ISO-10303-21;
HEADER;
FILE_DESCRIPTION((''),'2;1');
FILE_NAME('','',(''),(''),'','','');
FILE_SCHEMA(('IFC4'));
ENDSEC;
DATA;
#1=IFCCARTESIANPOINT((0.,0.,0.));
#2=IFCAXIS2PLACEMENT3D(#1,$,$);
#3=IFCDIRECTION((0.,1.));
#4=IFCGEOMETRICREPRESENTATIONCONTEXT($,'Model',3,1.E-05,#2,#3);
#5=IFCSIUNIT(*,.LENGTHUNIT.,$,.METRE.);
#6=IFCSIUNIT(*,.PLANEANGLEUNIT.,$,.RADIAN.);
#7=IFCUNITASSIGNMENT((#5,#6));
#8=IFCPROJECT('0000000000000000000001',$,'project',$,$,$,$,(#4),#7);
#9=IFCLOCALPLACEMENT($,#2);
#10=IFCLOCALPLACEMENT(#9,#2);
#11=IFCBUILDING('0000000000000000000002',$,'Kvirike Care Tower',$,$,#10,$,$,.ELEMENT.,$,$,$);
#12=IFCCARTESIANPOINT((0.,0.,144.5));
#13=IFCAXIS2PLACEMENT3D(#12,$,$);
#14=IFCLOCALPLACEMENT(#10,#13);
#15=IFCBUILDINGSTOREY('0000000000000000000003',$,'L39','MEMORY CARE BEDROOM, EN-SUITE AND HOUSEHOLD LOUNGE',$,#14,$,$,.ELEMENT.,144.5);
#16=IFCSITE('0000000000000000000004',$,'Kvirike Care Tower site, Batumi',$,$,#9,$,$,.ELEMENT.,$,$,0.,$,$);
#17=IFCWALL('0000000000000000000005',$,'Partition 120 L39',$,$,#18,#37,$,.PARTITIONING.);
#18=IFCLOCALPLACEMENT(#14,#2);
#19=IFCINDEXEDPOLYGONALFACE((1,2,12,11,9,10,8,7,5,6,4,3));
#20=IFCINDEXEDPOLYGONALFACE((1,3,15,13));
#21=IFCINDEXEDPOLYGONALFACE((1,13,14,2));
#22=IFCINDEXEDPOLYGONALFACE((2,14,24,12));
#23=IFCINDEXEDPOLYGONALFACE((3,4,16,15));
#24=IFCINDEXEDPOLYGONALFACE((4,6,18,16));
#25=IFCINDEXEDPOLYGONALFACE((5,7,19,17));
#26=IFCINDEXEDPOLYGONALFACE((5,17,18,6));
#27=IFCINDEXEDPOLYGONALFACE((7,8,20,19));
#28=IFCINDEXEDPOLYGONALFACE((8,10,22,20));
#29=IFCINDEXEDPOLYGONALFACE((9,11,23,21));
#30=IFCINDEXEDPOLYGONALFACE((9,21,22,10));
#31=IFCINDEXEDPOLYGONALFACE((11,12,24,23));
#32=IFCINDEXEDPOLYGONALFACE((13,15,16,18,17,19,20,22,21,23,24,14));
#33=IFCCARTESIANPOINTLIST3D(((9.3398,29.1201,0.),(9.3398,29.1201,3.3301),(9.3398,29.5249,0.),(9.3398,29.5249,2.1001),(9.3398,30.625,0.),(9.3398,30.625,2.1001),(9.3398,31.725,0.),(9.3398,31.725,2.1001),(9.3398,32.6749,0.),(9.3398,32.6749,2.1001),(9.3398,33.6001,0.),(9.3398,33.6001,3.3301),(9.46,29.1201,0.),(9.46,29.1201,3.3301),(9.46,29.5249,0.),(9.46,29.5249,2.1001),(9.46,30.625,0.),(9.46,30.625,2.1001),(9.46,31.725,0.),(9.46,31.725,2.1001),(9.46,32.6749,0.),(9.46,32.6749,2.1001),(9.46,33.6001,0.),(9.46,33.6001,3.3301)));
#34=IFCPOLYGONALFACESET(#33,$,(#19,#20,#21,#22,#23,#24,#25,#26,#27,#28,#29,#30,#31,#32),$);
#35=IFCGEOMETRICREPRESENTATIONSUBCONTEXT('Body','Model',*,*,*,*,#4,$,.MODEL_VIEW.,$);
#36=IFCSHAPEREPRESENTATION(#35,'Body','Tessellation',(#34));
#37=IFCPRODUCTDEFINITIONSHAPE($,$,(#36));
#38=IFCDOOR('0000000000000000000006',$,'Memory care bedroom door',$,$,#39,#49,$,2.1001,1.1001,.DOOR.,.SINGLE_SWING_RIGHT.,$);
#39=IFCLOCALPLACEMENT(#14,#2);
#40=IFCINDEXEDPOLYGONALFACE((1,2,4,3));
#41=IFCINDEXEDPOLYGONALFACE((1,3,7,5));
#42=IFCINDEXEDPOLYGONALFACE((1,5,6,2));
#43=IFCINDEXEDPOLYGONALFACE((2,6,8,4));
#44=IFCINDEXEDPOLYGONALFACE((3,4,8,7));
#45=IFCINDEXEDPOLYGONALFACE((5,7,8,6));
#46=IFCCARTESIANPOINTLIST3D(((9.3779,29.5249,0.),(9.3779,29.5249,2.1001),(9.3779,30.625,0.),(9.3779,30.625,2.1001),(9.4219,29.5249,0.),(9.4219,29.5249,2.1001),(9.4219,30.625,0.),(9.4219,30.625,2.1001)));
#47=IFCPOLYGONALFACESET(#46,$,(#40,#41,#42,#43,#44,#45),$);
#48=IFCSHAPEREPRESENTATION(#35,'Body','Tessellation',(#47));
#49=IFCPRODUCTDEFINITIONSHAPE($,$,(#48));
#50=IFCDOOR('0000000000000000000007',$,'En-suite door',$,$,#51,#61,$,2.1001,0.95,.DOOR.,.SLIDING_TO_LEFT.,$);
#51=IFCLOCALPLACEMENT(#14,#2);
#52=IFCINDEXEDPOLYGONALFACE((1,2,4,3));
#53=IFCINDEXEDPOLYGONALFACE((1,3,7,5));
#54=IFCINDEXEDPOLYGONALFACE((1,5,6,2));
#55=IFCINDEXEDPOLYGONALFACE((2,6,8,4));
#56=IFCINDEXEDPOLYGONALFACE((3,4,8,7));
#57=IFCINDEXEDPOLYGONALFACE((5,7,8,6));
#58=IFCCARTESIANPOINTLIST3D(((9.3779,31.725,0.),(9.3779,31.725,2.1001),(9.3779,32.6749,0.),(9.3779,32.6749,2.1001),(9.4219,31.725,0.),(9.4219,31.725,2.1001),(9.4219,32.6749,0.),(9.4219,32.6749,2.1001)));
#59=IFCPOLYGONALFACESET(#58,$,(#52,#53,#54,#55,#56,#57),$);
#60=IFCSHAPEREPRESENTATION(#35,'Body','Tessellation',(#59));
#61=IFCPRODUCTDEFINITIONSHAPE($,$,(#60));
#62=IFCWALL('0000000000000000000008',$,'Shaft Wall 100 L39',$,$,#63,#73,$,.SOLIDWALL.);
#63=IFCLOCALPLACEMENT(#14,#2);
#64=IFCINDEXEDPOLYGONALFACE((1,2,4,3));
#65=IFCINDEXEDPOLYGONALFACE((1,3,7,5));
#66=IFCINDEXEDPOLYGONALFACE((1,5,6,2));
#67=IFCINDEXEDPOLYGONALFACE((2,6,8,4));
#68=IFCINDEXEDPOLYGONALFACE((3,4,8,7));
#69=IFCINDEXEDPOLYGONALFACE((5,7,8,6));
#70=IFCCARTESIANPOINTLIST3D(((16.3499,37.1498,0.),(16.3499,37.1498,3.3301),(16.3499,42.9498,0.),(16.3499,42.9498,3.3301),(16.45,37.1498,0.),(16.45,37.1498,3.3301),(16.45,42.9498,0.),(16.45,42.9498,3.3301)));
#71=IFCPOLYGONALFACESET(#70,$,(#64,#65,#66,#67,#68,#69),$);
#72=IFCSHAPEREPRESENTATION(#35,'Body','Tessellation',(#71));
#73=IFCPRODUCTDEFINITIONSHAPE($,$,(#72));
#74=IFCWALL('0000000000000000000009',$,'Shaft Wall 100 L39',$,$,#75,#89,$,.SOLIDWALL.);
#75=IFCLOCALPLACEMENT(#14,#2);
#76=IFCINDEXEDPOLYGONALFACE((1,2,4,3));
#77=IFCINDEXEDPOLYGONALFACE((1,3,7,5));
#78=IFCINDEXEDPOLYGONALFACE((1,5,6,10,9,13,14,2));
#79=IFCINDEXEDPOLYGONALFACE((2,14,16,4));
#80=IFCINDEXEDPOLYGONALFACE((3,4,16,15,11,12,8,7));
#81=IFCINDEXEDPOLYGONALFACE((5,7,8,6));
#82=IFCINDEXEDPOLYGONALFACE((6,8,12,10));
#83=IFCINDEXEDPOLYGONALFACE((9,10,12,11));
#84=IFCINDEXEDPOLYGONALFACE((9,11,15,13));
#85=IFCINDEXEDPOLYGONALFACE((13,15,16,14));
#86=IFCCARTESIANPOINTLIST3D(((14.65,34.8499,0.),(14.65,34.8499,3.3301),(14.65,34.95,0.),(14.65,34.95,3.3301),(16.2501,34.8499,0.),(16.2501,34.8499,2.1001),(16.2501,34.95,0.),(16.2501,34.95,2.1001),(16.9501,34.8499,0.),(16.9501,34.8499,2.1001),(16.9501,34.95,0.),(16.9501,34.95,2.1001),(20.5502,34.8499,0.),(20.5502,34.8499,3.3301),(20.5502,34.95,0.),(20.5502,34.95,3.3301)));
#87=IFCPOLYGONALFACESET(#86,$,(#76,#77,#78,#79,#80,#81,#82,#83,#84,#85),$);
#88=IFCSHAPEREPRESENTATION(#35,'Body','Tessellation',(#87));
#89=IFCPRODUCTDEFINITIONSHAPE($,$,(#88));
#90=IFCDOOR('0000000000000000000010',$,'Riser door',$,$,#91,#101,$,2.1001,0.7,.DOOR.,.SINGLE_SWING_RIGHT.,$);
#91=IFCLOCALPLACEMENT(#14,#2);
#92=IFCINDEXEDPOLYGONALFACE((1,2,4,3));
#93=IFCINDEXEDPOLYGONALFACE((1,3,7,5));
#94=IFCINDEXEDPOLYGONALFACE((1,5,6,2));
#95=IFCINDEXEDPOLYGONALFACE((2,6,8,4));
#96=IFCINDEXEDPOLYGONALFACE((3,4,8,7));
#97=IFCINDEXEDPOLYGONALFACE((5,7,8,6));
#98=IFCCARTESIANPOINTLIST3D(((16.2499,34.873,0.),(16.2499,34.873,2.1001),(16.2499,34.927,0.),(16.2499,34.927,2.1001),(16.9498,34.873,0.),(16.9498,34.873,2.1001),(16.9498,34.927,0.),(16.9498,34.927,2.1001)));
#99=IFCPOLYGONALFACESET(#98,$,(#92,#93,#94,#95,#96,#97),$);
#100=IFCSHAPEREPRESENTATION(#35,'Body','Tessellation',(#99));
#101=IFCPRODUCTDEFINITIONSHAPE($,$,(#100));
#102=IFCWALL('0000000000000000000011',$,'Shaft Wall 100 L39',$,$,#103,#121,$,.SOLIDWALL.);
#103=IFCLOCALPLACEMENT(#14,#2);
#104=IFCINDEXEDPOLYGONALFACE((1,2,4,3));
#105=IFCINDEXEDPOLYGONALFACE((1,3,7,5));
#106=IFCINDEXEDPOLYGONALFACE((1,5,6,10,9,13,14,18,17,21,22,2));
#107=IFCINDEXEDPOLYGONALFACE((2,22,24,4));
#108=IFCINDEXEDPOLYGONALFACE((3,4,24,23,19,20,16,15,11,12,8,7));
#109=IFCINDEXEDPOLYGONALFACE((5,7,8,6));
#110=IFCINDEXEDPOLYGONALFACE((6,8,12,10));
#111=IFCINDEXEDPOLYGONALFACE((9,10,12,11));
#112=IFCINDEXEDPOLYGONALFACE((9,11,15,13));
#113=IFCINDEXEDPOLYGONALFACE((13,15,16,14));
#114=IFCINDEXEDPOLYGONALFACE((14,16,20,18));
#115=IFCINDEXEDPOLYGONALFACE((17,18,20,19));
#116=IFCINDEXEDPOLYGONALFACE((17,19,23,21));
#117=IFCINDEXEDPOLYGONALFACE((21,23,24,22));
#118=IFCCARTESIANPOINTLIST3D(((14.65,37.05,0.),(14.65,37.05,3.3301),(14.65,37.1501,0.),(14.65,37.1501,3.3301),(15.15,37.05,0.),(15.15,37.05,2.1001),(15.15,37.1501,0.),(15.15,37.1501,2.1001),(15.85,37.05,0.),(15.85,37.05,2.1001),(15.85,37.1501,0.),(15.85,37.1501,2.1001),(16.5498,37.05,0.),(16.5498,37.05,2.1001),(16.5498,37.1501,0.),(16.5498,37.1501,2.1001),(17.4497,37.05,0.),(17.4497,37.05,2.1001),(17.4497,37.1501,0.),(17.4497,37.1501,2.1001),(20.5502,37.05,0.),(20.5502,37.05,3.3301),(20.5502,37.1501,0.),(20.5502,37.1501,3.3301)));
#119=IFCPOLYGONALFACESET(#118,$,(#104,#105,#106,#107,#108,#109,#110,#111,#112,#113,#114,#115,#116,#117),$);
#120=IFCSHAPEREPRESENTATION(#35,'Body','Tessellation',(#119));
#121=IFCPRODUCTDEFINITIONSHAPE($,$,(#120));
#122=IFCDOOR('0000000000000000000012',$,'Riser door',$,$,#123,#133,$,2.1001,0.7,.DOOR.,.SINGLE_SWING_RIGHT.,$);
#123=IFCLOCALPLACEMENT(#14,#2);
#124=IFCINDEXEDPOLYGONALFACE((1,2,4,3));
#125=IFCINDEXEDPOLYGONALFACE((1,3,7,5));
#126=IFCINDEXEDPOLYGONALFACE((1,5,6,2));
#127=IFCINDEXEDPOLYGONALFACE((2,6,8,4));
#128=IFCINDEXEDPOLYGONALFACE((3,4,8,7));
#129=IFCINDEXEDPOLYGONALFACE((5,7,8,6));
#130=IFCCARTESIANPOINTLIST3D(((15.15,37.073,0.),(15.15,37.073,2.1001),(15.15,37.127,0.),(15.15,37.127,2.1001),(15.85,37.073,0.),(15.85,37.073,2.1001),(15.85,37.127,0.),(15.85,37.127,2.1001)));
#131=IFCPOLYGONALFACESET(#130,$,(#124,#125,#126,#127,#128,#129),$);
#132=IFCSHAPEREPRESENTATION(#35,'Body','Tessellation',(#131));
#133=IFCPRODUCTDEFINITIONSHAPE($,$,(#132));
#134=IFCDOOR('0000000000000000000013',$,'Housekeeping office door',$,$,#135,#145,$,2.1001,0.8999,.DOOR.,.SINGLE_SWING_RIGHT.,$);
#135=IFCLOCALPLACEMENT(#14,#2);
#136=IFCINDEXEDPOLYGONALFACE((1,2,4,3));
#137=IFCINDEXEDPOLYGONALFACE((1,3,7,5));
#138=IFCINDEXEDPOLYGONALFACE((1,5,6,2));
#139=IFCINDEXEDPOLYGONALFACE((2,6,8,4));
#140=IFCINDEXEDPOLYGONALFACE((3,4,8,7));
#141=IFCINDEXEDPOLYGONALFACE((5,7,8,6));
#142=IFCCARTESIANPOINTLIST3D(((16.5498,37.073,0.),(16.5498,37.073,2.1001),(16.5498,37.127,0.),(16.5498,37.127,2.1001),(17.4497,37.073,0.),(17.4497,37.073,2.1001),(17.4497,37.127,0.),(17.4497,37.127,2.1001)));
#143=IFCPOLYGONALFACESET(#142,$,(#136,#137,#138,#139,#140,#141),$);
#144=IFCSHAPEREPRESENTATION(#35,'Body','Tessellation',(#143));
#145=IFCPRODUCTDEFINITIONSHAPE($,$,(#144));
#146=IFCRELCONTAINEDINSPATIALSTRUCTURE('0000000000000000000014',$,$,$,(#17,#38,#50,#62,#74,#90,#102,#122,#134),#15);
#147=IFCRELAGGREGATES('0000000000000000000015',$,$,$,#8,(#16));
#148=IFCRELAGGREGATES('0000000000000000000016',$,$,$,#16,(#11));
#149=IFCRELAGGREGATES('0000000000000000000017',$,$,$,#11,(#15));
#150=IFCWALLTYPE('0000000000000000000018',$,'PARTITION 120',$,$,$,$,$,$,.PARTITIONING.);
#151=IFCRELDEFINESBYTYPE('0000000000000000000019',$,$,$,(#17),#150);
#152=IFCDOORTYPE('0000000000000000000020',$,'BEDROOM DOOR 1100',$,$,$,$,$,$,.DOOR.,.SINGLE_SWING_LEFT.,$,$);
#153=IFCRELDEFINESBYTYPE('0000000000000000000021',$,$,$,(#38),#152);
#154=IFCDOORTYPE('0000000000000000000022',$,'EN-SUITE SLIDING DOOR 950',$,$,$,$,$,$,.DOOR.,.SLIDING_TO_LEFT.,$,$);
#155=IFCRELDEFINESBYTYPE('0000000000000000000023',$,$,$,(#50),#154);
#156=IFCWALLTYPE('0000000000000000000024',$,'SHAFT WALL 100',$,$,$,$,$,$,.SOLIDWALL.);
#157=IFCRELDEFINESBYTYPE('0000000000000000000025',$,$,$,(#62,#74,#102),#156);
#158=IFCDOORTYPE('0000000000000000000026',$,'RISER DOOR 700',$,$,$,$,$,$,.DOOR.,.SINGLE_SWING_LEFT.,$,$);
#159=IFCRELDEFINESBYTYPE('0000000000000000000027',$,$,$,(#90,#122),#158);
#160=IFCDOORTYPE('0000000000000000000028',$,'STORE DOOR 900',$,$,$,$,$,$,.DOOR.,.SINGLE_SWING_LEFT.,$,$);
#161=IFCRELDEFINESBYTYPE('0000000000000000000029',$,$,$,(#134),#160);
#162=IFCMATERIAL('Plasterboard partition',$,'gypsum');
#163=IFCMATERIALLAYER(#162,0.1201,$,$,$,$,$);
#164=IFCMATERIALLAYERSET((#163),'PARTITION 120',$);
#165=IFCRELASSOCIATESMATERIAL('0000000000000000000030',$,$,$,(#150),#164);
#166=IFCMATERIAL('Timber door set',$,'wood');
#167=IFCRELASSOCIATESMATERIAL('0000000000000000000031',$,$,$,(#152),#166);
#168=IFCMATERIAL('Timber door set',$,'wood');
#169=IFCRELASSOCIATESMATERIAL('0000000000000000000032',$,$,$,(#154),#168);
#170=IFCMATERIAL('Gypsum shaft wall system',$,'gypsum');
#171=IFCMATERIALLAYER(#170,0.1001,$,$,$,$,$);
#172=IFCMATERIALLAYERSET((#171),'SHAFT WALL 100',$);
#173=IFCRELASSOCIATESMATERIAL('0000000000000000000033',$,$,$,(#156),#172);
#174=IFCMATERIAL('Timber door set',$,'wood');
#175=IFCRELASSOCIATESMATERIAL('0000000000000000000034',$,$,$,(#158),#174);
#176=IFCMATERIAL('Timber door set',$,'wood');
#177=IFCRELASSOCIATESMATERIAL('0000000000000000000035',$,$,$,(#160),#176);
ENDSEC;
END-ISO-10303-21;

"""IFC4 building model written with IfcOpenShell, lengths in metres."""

from ifc_helpers import new_model, si_unit, direction, frame, frame_2d, origin, place, context, subcontext, project, spatial, rectangle, extrude, material, layer, layer_set, type_object, element, fill, save


model = new_model("IFC4")

# Units and contexts
model_context = context("Model", 3, precision=1e-05, world=origin(), true_north=direction((0.0, 1.0)))
body_context = subcontext(model_context, "Body", "Model", "MODEL_VIEW")
ifc_project = project(units=[si_unit("LENGTHUNIT", "METRE"), si_unit("PLANEANGLEUNIT", "RADIAN")], contexts=[model_context])

# Site, building, storey
site_placement = place(None, origin())
site = spatial("IfcSite", under=ifc_project, at=site_placement, Name="Kvirike Care Tower site, Batumi", CompositionType="ELEMENT", RefElevation=0.0)
building_placement = place(site_placement, origin())
building = spatial("IfcBuilding", under=site, at=building_placement, Name="Kvirike Care Tower", CompositionType="ELEMENT")
storey_placement = place(building_placement, frame((0.0, 0.0, 144.5)))
storey = spatial("IfcBuildingStorey", under=building, at=storey_placement, Name="L39", Description="MEMORY CARE BEDROOM, EN-SUITE AND HOUSEHOLD LOUNGE", CompositionType="ELEMENT", Elevation=144.5)

# Shared definitions
ifc_material_1 = material(Name="Plasterboard partition", Category="gypsum")
ifc_layer_1 = layer(ifc_material_1, 0.1201)
ifc_layer_set_1 = layer_set([ifc_layer_1], Name="PARTITION 120")
wall_type_1 = type_object("IfcWallType", Name="PARTITION 120", PredefinedType="PARTITIONING", material=ifc_layer_set_1)

# Wall, openings, doors
wall_1_placement = place(storey_placement, frame((9.3999, 33.6001, 0.0), z_axis=(0.0, 0.0, 1.0), x_axis=(0.0, -1.0, 0.0)))
wall_1 = element("IfcWall", 1, at=wall_1_placement, inside=storey, type_object=wall_type_1, Name="Partition 120 L39", PredefinedType="PARTITIONING", context=body_context, shape_type="SweptSolid", body=[
    extrude(rectangle(XDim=4.48, YDim=0.1201, at=frame_2d((2.24, 0.0))), origin(), (0.0, 0.0, 1.0), 3.3301),
])
opening_1_placement = place(wall_1_placement, frame((2.9751, 0.0, 0.0)))
opening_1 = element("IfcOpeningElement", 2, at=opening_1_placement, cuts=wall_1, PredefinedType="OPENING", context=body_context, shape_type="SweptSolid", body=[
    extrude(rectangle(XDim=1.1001, YDim=2.1001, at=frame_2d((0.55, 1.05))), frame((0.0, 0.0706, 0.0), z_axis=(0.0, -1.0, 0.0), x_axis=(1.0, 0.0, 0.0)), (0.0, 0.0, 1.0), 0.1411),
])
opening_2_placement = place(wall_1_placement, frame((0.925, 0.0, 0.0)))
opening_2 = element("IfcOpeningElement", 3, at=opening_2_placement, cuts=wall_1, PredefinedType="OPENING", context=body_context, shape_type="SweptSolid", body=[
    extrude(rectangle(XDim=0.95, YDim=2.1001, at=frame_2d((0.4751, 1.05))), frame((0.0, 0.0706, 0.0), z_axis=(0.0, -1.0, 0.0), x_axis=(1.0, 0.0, 0.0)), (0.0, 0.0, 1.0), 0.1411),
])
ifc_material_2 = material(Name="Timber door set", Category="wood")
door_type_1 = type_object("IfcDoorType", Name="BEDROOM DOOR 1100", OperationType="SINGLE_SWING_LEFT", PredefinedType="DOOR", material=ifc_material_2)
door_1_placement = place(opening_1_placement, origin())
door_1 = element("IfcDoor", 4, at=door_1_placement, inside=storey, type_object=door_type_1, Name="Memory care bedroom door", OperationType="SINGLE_SWING_RIGHT", OverallHeight=2.1001, OverallWidth=1.1001, PredefinedType="DOOR", context=body_context, shape_type="SweptSolid", body=[
    extrude(rectangle(XDim=1.1001, YDim=2.1001, at=frame_2d((0.55, 1.05))), frame((0.0, 0.022, 0.0), z_axis=(0.0, -1.0, 0.0), x_axis=(1.0, 0.0, 0.0)), (0.0, 0.0, 1.0), 0.0439),
])
fill(opening_1, door_1)
ifc_material_3 = material(Name="Timber door set", Category="wood")
door_type_2 = type_object("IfcDoorType", Name="EN-SUITE SLIDING DOOR 950", OperationType="SLIDING_TO_LEFT", PredefinedType="DOOR", material=ifc_material_3)
door_2_placement = place(opening_2_placement, origin())
door_2 = element("IfcDoor", 5, at=door_2_placement, inside=storey, type_object=door_type_2, Name="En-suite door", OperationType="SLIDING_TO_LEFT", OverallHeight=2.1001, OverallWidth=0.95, PredefinedType="DOOR", context=body_context, shape_type="SweptSolid", body=[
    extrude(rectangle(XDim=0.95, YDim=2.1001, at=frame_2d((0.4751, 1.05))), frame((0.0, 0.022, 0.0), z_axis=(0.0, -1.0, 0.0), x_axis=(1.0, 0.0, 0.0)), (0.0, 0.0, 1.0), 0.0439),
])
fill(opening_2, door_2)

# Wall
ifc_material_4 = material(Name="Gypsum shaft wall system", Category="gypsum")
ifc_layer_2 = layer(ifc_material_4, 0.1001)
ifc_layer_set_2 = layer_set([ifc_layer_2], Name="SHAFT WALL 100")
wall_type_2 = type_object("IfcWallType", Name="SHAFT WALL 100", PredefinedType="SOLIDWALL", material=ifc_layer_set_2)
wall_2_placement = place(storey_placement, frame((16.3999, 37.1499, 0.0), z_axis=(0.0, 0.0, 1.0), x_axis=(0.0, 1.0, 0.0)))
element("IfcWall", 6, at=wall_2_placement, inside=storey, type_object=wall_type_2, Name="Shaft Wall 100 L39", PredefinedType="SOLIDWALL", context=body_context, shape_type="SweptSolid", body=[
    extrude(rectangle(XDim=5.8, YDim=0.1001, at=frame_2d((2.8999, 0.0))), origin(), (0.0, 0.0, 1.0), 3.3301),
])

# Wall, opening, door
wall_3_placement = place(storey_placement, frame((14.6499, 34.8999, 0.0), z_axis=(0.0, 0.0, 1.0), x_axis=(1.0, 0.0, 0.0)))
wall_3 = element("IfcWall", 7, at=wall_3_placement, inside=storey, type_object=wall_type_2, Name="Shaft Wall 100 L39", PredefinedType="SOLIDWALL", context=body_context, shape_type="SweptSolid", body=[
    extrude(rectangle(XDim=5.9001, YDim=0.1001, at=frame_2d((2.9502, 0.0))), origin(), (0.0, 0.0, 1.0), 3.3301),
])
opening_3_placement = place(wall_3_placement, frame((1.6001, 0.0, 0.0)))
opening_3 = element("IfcOpeningElement", 8, at=opening_3_placement, cuts=wall_3, PredefinedType="OPENING", context=body_context, shape_type="SweptSolid", body=[
    extrude(rectangle(XDim=0.7, YDim=2.1001, at=frame_2d((0.3501, 1.05))), frame((0.0, 0.0605, 0.0), z_axis=(0.0, -1.0, 0.0), x_axis=(1.0, 0.0, 0.0)), (0.0, 0.0, 1.0), 0.1211),
])
ifc_material_5 = material(Name="Timber door set", Category="wood")
door_type_3 = type_object("IfcDoorType", Name="RISER DOOR 700", OperationType="SINGLE_SWING_LEFT", PredefinedType="DOOR", material=ifc_material_5)
door_3_placement = place(opening_3_placement, frame((0.7, 0.0, 0.0), z_axis=(0.0, 0.0, 1.0), x_axis=(-1.0, 0.0, 0.0)))
door_3 = element("IfcDoor", 9, at=door_3_placement, inside=storey, type_object=door_type_3, Name="Riser door", OperationType="SINGLE_SWING_RIGHT", OverallHeight=2.1001, OverallWidth=0.7, PredefinedType="DOOR", context=body_context, shape_type="SweptSolid", body=[
    extrude(rectangle(XDim=0.7, YDim=2.1001, at=frame_2d((0.3501, 1.05))), frame((0.0, 0.0269, 0.0), z_axis=(0.0, -1.0, 0.0), x_axis=(1.0, 0.0, 0.0)), (0.0, 0.0, 1.0), 0.054),
])
fill(opening_3, door_3)

# Wall, openings, doors
wall_4_placement = place(storey_placement, frame((14.6499, 37.1001, 0.0), z_axis=(0.0, 0.0, 1.0), x_axis=(1.0, 0.0, 0.0)))
wall_4 = element("IfcWall", 10, at=wall_4_placement, inside=storey, type_object=wall_type_2, Name="Shaft Wall 100 L39", PredefinedType="SOLIDWALL", context=body_context, shape_type="SweptSolid", body=[
    extrude(rectangle(XDim=5.9001, YDim=0.1001, at=frame_2d((2.9502, 0.0))), origin(), (0.0, 0.0, 1.0), 3.3301),
])
opening_4_placement = place(wall_4_placement, frame((0.5, 0.0, 0.0)))
opening_4 = element("IfcOpeningElement", 11, at=opening_4_placement, cuts=wall_4, PredefinedType="OPENING", context=body_context, shape_type="SweptSolid", body=[
    extrude(rectangle(XDim=0.7, YDim=2.1001, at=frame_2d((0.3501, 1.05))), frame((0.0, 0.0605, 0.0), z_axis=(0.0, -1.0, 0.0), x_axis=(1.0, 0.0, 0.0)), (0.0, 0.0, 1.0), 0.1211),
])
opening_5_placement = place(wall_4_placement, frame((1.8999, 0.0, 0.0)))
opening_5 = element("IfcOpeningElement", 12, at=opening_5_placement, cuts=wall_4, PredefinedType="OPENING", context=body_context, shape_type="SweptSolid", body=[
    extrude(rectangle(XDim=0.8999, YDim=2.1001, at=frame_2d((0.45, 1.05))), frame((0.0, 0.0605, 0.0), z_axis=(0.0, -1.0, 0.0), x_axis=(1.0, 0.0, 0.0)), (0.0, 0.0, 1.0), 0.1211),
])
door_4_placement = place(opening_4_placement, origin())
door_4 = element("IfcDoor", 13, at=door_4_placement, inside=storey, type_object=door_type_3, Name="Riser door", OperationType="SINGLE_SWING_RIGHT", OverallHeight=2.1001, OverallWidth=0.7, PredefinedType="DOOR", context=body_context, shape_type="SweptSolid", body=[
    extrude(rectangle(XDim=0.7, YDim=2.1001, at=frame_2d((0.3501, 1.05))), frame((0.0, 0.0269, 0.0), z_axis=(0.0, -1.0, 0.0), x_axis=(1.0, 0.0, 0.0)), (0.0, 0.0, 1.0), 0.054),
])
fill(opening_4, door_4)
ifc_material_6 = material(Name="Timber door set", Category="wood")
door_type_4 = type_object("IfcDoorType", Name="STORE DOOR 900", OperationType="SINGLE_SWING_LEFT", PredefinedType="DOOR", material=ifc_material_6)
door_5_placement = place(opening_5_placement, origin())
door_5 = element("IfcDoor", 14, at=door_5_placement, inside=storey, type_object=door_type_4, Name="Housekeeping office door", OperationType="SINGLE_SWING_RIGHT", OverallHeight=2.1001, OverallWidth=0.8999, PredefinedType="DOOR", context=body_context, shape_type="SweptSolid", body=[
    extrude(rectangle(XDim=0.8999, YDim=2.1001, at=frame_2d((0.45, 1.05))), frame((0.0, 0.0269, 0.0), z_axis=(0.0, -1.0, 0.0), x_axis=(1.0, 0.0, 0.0)), (0.0, 0.0, 1.0), 0.054),
])
fill(opening_5, door_5)

save(model, "model.ifc")
